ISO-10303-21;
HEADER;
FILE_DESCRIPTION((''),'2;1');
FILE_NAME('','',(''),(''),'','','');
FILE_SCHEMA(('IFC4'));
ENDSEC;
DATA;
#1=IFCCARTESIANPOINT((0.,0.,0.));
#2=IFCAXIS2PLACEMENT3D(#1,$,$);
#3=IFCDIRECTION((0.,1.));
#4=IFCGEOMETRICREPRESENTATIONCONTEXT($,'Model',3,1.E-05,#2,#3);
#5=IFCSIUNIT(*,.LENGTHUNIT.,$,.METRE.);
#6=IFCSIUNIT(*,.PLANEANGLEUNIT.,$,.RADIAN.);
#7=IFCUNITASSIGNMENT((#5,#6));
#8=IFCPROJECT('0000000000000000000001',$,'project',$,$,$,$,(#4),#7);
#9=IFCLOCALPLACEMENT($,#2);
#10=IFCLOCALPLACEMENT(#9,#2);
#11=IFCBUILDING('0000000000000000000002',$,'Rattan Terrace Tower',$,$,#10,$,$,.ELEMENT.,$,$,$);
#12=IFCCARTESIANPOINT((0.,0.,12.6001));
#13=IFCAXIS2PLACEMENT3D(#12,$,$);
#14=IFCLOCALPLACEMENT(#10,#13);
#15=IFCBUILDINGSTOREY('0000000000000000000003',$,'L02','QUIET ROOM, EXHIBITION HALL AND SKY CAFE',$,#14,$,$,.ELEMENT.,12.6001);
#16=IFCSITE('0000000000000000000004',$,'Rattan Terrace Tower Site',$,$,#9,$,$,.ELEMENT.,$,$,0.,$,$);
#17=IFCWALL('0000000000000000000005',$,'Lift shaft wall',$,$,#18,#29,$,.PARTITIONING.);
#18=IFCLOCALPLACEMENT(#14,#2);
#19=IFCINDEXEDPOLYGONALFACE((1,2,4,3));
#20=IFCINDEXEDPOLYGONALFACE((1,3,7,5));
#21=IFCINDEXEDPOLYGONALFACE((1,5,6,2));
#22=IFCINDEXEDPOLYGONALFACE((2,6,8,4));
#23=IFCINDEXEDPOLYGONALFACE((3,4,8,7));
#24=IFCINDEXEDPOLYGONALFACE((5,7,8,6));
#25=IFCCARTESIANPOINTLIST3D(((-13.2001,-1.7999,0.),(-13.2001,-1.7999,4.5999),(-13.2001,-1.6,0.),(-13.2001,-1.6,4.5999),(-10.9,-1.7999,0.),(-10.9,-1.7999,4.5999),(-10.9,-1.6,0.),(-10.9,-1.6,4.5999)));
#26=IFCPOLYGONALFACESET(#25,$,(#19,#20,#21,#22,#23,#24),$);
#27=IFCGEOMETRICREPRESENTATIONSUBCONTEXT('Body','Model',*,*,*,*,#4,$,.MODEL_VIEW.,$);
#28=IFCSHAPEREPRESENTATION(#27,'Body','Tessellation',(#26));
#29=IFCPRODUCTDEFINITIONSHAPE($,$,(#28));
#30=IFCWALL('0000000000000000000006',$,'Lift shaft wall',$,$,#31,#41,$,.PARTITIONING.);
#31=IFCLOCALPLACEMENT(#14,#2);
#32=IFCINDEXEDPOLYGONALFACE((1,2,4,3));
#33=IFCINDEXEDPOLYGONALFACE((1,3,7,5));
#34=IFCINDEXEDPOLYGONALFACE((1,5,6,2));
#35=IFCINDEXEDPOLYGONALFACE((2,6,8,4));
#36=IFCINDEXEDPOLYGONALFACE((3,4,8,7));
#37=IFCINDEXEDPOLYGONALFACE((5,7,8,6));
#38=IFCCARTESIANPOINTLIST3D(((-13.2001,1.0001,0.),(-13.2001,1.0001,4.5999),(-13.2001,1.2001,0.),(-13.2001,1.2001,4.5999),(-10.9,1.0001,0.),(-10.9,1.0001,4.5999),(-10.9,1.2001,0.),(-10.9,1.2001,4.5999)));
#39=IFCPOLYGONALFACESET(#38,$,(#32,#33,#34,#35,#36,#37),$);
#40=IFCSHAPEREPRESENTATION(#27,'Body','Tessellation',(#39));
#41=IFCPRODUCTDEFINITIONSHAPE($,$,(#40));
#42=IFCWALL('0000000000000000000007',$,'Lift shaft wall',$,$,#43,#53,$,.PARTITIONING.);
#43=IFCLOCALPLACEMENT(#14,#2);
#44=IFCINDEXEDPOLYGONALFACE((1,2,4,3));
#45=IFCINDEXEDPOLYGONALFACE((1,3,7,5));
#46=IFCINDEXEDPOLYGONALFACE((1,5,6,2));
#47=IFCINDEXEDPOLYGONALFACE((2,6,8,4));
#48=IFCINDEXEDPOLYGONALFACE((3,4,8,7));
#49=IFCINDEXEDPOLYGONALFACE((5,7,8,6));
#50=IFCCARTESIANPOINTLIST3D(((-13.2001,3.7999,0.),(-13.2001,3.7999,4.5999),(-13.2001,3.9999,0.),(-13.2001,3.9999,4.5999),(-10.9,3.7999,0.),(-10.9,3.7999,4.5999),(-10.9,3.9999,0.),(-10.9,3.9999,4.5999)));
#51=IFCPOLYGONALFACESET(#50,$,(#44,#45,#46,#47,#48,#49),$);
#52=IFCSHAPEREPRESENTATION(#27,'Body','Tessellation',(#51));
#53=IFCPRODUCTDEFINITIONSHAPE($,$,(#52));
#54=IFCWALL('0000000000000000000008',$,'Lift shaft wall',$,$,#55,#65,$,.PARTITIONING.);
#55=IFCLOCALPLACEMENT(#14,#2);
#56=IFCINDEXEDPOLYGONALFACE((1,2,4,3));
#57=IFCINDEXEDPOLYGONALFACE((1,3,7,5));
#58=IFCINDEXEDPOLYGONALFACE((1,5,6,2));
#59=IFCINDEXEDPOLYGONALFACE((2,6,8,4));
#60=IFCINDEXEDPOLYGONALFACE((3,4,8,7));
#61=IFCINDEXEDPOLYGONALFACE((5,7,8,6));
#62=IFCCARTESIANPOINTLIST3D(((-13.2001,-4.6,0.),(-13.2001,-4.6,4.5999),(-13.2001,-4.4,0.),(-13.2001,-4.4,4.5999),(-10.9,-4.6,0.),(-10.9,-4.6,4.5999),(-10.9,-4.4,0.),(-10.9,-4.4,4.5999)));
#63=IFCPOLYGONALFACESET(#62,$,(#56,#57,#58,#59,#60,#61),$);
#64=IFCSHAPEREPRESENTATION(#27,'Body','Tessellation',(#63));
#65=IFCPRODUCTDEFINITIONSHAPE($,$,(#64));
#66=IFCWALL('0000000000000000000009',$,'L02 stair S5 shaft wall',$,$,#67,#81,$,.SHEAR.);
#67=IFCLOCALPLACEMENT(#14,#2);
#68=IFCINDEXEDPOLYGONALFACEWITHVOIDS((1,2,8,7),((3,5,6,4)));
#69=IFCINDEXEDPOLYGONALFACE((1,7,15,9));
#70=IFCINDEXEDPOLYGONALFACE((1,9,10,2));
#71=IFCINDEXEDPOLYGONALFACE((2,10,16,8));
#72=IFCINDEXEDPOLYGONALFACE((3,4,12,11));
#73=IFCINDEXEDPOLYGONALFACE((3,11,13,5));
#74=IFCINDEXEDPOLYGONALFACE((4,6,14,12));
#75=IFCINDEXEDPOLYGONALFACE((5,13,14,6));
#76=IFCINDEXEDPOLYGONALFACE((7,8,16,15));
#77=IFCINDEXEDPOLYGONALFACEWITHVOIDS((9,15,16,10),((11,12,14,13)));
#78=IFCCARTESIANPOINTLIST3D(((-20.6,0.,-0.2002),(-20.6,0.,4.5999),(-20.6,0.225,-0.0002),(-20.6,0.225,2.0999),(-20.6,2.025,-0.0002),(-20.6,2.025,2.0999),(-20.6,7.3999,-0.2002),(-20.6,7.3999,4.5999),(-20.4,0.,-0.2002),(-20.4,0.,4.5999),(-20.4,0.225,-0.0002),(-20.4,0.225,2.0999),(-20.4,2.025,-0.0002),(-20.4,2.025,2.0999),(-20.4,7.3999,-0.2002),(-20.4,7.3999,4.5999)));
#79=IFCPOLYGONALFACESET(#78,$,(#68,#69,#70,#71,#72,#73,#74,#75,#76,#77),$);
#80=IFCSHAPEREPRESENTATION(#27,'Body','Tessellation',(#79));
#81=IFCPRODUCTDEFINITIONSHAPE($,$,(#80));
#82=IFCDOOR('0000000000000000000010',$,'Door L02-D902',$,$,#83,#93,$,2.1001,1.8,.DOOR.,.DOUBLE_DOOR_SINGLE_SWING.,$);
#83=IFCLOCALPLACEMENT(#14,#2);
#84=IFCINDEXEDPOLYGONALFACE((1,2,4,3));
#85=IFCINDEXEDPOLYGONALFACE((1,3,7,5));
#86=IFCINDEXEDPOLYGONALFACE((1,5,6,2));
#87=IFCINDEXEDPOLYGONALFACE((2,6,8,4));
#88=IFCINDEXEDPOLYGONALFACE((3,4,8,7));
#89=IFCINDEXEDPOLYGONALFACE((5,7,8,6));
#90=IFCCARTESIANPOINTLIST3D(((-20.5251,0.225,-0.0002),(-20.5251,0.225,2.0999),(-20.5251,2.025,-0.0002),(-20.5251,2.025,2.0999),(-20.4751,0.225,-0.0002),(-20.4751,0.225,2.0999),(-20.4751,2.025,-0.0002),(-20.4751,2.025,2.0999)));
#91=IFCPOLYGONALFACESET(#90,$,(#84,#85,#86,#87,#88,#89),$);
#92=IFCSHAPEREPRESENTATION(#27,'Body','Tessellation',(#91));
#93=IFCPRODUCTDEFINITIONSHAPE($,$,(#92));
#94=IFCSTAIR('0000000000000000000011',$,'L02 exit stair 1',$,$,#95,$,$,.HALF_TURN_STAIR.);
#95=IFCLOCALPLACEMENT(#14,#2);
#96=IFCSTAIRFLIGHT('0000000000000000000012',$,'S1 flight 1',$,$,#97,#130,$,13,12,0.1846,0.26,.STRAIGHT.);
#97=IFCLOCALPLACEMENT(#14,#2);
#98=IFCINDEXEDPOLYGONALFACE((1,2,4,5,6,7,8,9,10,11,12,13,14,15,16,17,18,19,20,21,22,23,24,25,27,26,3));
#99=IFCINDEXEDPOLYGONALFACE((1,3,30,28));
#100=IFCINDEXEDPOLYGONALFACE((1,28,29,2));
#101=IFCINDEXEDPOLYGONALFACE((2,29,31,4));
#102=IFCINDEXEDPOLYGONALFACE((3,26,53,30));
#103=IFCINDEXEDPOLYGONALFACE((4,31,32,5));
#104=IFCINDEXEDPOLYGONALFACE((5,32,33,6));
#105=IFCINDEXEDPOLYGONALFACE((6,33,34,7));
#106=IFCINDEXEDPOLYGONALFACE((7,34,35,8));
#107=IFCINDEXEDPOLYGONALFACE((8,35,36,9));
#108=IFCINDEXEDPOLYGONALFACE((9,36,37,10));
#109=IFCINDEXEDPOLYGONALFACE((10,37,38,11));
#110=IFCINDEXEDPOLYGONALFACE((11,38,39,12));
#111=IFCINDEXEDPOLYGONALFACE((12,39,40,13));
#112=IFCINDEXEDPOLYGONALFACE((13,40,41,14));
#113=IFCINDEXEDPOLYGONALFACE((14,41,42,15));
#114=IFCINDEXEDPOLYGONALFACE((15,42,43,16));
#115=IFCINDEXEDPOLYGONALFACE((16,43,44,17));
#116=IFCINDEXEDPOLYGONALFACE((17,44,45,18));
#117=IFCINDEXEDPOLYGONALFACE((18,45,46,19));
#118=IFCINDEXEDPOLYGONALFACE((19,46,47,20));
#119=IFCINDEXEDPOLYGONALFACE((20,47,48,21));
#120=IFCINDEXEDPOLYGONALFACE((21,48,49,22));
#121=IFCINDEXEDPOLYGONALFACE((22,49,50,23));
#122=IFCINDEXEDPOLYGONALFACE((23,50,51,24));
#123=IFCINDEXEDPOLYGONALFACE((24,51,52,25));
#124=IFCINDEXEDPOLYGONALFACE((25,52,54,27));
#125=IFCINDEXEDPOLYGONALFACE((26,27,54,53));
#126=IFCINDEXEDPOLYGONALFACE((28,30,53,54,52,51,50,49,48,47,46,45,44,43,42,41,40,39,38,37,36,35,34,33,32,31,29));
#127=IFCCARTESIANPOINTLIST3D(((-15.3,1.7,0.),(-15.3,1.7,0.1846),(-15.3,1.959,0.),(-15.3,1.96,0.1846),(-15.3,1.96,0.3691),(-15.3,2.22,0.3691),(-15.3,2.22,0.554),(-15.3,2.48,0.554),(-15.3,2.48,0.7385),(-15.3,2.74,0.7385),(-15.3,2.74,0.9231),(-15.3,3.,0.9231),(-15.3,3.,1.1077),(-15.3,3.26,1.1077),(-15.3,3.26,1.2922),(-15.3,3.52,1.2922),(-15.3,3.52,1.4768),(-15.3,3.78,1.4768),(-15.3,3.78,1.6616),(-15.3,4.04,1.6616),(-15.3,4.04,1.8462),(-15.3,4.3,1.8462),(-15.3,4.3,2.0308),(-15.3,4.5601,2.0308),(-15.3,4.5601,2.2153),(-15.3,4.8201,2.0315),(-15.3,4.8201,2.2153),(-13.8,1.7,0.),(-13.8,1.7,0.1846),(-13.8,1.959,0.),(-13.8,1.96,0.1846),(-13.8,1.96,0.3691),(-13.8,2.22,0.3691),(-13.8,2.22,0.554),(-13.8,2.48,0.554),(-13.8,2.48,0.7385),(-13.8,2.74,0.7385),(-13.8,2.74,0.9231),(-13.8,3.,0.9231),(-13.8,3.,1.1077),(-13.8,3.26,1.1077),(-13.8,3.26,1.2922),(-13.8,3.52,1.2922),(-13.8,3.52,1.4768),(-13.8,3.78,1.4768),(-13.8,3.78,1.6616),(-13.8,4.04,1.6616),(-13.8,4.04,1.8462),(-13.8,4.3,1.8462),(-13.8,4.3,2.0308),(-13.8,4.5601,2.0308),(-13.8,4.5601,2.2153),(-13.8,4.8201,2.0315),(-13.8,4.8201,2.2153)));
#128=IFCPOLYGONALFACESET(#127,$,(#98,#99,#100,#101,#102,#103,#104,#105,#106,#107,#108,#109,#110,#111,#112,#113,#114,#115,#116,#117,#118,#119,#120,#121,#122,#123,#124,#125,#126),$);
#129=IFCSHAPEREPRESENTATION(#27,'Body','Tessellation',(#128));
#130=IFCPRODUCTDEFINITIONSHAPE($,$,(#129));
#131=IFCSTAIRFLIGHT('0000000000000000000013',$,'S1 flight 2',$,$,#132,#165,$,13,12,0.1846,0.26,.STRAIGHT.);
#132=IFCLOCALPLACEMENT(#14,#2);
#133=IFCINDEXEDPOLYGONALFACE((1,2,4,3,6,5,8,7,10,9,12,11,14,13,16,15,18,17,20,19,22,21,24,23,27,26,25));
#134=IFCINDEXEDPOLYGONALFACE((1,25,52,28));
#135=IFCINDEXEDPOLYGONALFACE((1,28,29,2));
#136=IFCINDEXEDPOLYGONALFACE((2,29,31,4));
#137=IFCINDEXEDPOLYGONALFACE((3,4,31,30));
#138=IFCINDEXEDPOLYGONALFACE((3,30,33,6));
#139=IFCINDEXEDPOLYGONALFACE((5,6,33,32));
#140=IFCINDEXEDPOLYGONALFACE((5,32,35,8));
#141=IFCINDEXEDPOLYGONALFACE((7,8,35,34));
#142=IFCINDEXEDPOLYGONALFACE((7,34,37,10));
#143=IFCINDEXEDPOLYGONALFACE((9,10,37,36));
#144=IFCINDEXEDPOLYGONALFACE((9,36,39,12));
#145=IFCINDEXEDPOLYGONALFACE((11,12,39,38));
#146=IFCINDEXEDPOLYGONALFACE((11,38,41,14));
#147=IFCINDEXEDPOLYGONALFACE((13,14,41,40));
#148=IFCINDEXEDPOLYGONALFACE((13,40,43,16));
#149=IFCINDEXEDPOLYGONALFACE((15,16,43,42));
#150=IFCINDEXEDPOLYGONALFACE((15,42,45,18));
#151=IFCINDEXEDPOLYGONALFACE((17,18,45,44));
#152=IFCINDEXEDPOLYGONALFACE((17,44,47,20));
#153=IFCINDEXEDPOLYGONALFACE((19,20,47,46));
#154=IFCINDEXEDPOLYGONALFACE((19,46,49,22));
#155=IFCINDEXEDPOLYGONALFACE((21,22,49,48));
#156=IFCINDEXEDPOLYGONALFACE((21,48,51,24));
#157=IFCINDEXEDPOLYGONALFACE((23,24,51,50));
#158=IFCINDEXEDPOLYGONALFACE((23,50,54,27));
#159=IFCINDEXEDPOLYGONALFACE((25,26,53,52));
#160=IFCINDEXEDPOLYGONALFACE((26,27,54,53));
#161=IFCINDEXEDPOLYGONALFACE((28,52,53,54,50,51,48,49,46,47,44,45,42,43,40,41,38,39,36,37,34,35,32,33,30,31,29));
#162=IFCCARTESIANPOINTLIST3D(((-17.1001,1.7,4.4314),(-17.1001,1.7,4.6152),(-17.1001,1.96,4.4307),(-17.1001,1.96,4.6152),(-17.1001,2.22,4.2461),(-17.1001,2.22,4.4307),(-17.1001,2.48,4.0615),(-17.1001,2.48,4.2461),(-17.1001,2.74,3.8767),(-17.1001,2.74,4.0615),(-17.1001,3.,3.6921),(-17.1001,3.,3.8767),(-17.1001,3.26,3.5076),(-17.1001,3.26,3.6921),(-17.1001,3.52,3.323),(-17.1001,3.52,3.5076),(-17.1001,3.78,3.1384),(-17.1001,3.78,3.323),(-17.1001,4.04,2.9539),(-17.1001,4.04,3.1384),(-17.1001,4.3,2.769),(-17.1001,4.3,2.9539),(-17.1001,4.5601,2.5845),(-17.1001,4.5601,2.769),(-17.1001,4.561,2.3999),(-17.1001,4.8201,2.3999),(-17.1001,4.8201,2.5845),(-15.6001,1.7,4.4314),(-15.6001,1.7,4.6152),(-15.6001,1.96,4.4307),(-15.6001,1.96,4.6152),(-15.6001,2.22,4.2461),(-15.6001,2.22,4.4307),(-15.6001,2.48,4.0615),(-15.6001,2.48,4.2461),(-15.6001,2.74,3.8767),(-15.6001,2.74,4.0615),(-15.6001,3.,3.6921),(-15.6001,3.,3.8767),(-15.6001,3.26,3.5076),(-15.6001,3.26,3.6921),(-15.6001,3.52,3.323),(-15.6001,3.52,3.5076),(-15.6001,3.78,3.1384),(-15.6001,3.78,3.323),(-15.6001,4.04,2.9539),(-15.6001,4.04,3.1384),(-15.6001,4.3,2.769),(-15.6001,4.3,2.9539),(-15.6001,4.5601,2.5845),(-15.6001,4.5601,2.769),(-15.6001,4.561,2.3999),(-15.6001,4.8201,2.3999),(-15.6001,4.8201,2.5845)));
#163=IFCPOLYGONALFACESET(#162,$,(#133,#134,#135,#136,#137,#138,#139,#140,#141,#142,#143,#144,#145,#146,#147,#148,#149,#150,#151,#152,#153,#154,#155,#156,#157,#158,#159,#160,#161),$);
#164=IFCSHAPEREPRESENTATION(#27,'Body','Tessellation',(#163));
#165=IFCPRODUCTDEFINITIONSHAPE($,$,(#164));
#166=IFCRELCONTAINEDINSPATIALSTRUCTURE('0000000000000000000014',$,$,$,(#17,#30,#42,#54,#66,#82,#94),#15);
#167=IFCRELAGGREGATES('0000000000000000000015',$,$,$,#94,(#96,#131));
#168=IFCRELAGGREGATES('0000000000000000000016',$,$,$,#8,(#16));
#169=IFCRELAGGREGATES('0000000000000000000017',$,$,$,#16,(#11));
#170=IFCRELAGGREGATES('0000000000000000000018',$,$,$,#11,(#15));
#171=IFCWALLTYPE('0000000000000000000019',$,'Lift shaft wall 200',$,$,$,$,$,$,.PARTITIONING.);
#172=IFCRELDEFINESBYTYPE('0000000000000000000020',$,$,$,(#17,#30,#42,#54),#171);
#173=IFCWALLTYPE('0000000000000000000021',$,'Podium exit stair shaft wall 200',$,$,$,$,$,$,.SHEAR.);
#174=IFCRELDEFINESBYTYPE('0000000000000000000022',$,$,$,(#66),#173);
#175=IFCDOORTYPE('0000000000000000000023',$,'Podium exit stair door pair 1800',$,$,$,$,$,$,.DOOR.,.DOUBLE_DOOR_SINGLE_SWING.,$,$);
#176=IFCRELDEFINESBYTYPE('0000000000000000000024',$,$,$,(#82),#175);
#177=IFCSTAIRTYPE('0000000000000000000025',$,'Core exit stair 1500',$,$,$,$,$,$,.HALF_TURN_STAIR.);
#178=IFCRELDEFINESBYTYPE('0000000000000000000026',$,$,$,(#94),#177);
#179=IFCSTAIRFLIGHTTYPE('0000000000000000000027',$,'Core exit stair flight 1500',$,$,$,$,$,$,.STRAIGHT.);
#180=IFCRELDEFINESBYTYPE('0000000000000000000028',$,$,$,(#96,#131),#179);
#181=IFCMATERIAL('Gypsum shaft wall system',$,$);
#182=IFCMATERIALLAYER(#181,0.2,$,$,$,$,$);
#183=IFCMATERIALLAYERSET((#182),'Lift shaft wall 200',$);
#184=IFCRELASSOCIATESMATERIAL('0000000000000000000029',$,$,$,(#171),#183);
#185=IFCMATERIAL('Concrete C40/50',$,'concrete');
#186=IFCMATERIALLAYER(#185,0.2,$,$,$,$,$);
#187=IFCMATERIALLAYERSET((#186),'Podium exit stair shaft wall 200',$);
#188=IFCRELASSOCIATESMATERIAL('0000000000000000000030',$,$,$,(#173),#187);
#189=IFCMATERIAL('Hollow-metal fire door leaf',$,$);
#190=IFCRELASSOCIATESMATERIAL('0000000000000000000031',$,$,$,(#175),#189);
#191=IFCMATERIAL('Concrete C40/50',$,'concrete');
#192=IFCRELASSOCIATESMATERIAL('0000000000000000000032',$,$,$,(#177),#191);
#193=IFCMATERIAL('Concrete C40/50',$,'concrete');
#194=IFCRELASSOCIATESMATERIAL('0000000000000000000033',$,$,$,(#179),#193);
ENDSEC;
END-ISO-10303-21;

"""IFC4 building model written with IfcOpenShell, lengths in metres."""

from ifc_helpers import new_model, si_unit, direction, frame, frame_2d, origin, place, context, subcontext, project, spatial, polyline, rectangle, outline, extrude, material, layer, layer_set, type_object, element, fill, aggregate, save


model = new_model("IFC4")

# Units and contexts
model_context = context("Model", 3, precision=1e-05, world=origin(), true_north=direction((0.0, 1.0)))
body_context = subcontext(model_context, "Body", "Model", "MODEL_VIEW")
ifc_project = project(units=[si_unit("LENGTHUNIT", "METRE"), si_unit("PLANEANGLEUNIT", "RADIAN")], contexts=[model_context])

# Site, building, storey
site_placement = place(None, origin())
site = spatial("IfcSite", under=ifc_project, at=site_placement, Name="Rattan Terrace Tower Site", CompositionType="ELEMENT", RefElevation=0.0)
building_placement = place(site_placement, origin())
building = spatial("IfcBuilding", under=site, at=building_placement, Name="Rattan Terrace Tower", CompositionType="ELEMENT")
storey_placement = place(building_placement, frame((0.0, 0.0, 12.6001)))
storey = spatial("IfcBuildingStorey", under=building, at=storey_placement, Name="L02", Description="QUIET ROOM, EXHIBITION HALL AND SKY CAFE", CompositionType="ELEMENT", Elevation=12.6001)

# Walls
ifc_material_1 = material(Name="Gypsum shaft wall system")
ifc_layer_1 = layer(ifc_material_1, 0.2)
ifc_layer_set_1 = layer_set([ifc_layer_1], Name="Lift shaft wall 200")
wall_type_1 = type_object("IfcWallType", Name="Lift shaft wall 200", PredefinedType="PARTITIONING", material=ifc_layer_set_1)
for number, where, z_axis, x_axis, name in (
    (1, (-13.2, -1.7, 0.0), (0.0, 0.0, 1.0), (1.0, 0.0, 0.0), "Lift shaft wall"),
    (2, (-13.2, 1.1001, 0.0), (0.0, 0.0, 1.0), (1.0, 0.0, 0.0), "Lift shaft wall"),
    (3, (-13.2, 3.8999, 0.0), (0.0, 0.0, 1.0), (1.0, 0.0, 0.0), "Lift shaft wall"),
    (4, (-13.2, -4.5, 0.0), (0.0, 0.0, 1.0), (1.0, 0.0, 0.0), "Lift shaft wall"),
):
    element("IfcWall", number, at=place(storey_placement, frame(where, z_axis=z_axis, x_axis=x_axis)), inside=storey, type_object=wall_type_1, Name=name, PredefinedType="PARTITIONING", context=body_context, shape_type="SweptSolid", body=[
        extrude(rectangle(XDim=2.3, YDim=0.2, at=frame_2d((1.1499, 0.0))), origin(), (0.0, 0.0, 1.0), 4.5999),
    ])

# Wall, opening, door
ifc_material_2 = material(Name="Concrete C40/50", Category="concrete")
ifc_layer_2 = layer(ifc_material_2, 0.2)
ifc_layer_set_2 = layer_set([ifc_layer_2], Name="Podium exit stair shaft wall 200")
wall_type_2 = type_object("IfcWallType", Name="Podium exit stair shaft wall 200", PredefinedType="SHEAR", material=ifc_layer_set_2)
wall_1_placement = place(storey_placement, frame((-20.5, 7.3999, -0.2002), z_axis=(0.0, 0.0, 1.0), x_axis=(0.0, -1.0, 0.0)))
wall_1 = element("IfcWall", 5, at=wall_1_placement, inside=storey, type_object=wall_type_2, Name="L02 stair S5 shaft wall", PredefinedType="SHEAR", context=body_context, shape_type="SweptSolid", body=[
    extrude(rectangle(XDim=7.3999, YDim=0.2, at=frame_2d((3.7, 0.0))), origin(), (0.0, 0.0, 1.0), 4.8),
])
opening_1_placement = place(wall_1_placement, frame((5.375, 0.0, 0.2)))
opening_1 = element("IfcOpeningElement", 6, at=opening_1_placement, cuts=wall_1, PredefinedType="OPENING", context=body_context, shape_type="SweptSolid", body=[
    extrude(rectangle(XDim=1.8, YDim=2.1001, at=frame_2d((0.8999, 1.05))), frame((0.0, 0.1106, 0.0), z_axis=(0.0, -1.0, 0.0), x_axis=(1.0, 0.0, 0.0)), (0.0, 0.0, 1.0), 0.2209),
])
ifc_material_3 = material(Name="Hollow-metal fire door leaf")
door_type_1 = type_object("IfcDoorType", Name="Podium exit stair door pair 1800", OperationType="DOUBLE_DOOR_SINGLE_SWING", PredefinedType="DOOR", material=ifc_material_3)
door_1_placement = place(opening_1_placement, origin())
door_1 = element("IfcDoor", 7, at=door_1_placement, inside=storey, type_object=door_type_1, Name="Door L02-D902", OperationType="DOUBLE_DOOR_SINGLE_SWING", OverallHeight=2.1001, OverallWidth=1.8, PredefinedType="DOOR", context=body_context, shape_type="SweptSolid", body=[
    extrude(rectangle(XDim=1.8, YDim=2.1001, at=frame_2d((0.8999, 1.05))), frame((0.0, 0.0249, 0.0), z_axis=(0.0, -1.0, 0.0), x_axis=(1.0, 0.0, 0.0)), (0.0, 0.0, 1.0), 0.05),
])
fill(opening_1, door_1)

# Stair, stair flights
ifc_material_4 = material(Name="Concrete C40/50", Category="concrete")
stair_type = type_object("IfcStairType", Name="Core exit stair 1500", PredefinedType="HALF_TURN_STAIR", material=ifc_material_4)
stair_placement = place(storey_placement, origin())
stair = element("IfcStair", 8, at=stair_placement, inside=storey, type_object=stair_type, Name="L02 exit stair 1", PredefinedType="HALF_TURN_STAIR")
ifc_material_5 = material(Name="Concrete C40/50", Category="concrete")
stair_flight_type = type_object("IfcStairFlightType", Name="Core exit stair flight 1500", PredefinedType="STRAIGHT", material=ifc_material_5)
stair_flight_1_placement = place(storey_placement, frame((-14.55, 1.7, 0.0), z_axis=(0.0, 0.0, 1.0), x_axis=(0.0, 1.0, 0.0)))
stair_flight_1 = element("IfcStairFlight", 9, at=stair_flight_1_placement, type_object=stair_flight_type, Name="S1 flight 1", NumberOfRisers=13, NumberOfTreads=12, PredefinedType="STRAIGHT", RiserHeight=0.1846, TreadLength=0.26, context=body_context, shape_type="SweptSolid", body=[
    extrude(outline(polyline([(0.0, 0.0), (0.0, 0.1846), (0.26, 0.1846), (0.26, 0.3691), (0.52, 0.3691), (0.52, 0.554), (0.78, 0.554), (0.78, 0.7385), (1.04, 0.7385), (1.04, 0.9231), (1.3, 0.9231), (1.3, 1.1077), (1.5601, 1.1077), (1.5601, 1.2922), (1.8201, 1.2922), (1.8201, 1.4768), (2.0801, 1.4768), (2.0801, 1.6616), (2.3401, 1.6616), (2.3401, 1.8462), (2.6001, 1.8462), (2.6001, 2.0308), (2.8601, 2.0308), (2.8601, 2.2153), (3.1201, 2.2153), (3.1201, 2.3999), (3.1201, 2.0315), (0.259, 0.0), (0.0, 0.0)])), frame((0.0, 0.75, 0.0), z_axis=(0.0, -1.0, 0.0), x_axis=(1.0, 0.0, 0.0)), (0.0, 0.0, 1.0), 1.5),
])
stair_flight_2_placement = place(storey_placement, frame((-16.3501, 4.8201, 2.3999), z_axis=(0.0, 0.0, 1.0), x_axis=(0.0, -1.0, 0.0)))
stair_flight_2 = element("IfcStairFlight", 10, at=stair_flight_2_placement, type_object=stair_flight_type, Name="S1 flight 2", NumberOfRisers=13, NumberOfTreads=12, PredefinedType="STRAIGHT", RiserHeight=0.1846, TreadLength=0.26, context=body_context, shape_type="SweptSolid", body=[
    extrude(outline(polyline([(0.0, 0.0), (0.0, 0.1846), (0.26, 0.1846), (0.26, 0.3691), (0.52, 0.3691), (0.52, 0.554), (0.78, 0.554), (0.78, 0.7385), (1.04, 0.7385), (1.04, 0.9231), (1.3, 0.9231), (1.3, 1.1077), (1.5601, 1.1077), (1.5601, 1.2922), (1.8201, 1.2922), (1.8201, 1.4768), (2.0801, 1.4768), (2.0801, 1.6616), (2.3401, 1.6616), (2.3401, 1.8462), (2.6001, 1.8462), (2.6001, 2.0308), (2.8601, 2.0308), (2.8601, 2.2153), (3.1201, 2.2153), (3.1201, 2.3999), (3.1201, 2.0315), (0.259, 0.0), (0.0, 0.0)])), frame((0.0, 0.75, 0.0), z_axis=(0.0, -1.0, 0.0), x_axis=(1.0, 0.0, 0.0)), (0.0, 0.0, 1.0), 1.5),
])
aggregate(stair, [stair_flight_1, stair_flight_2])

save(model, "model.ifc")
